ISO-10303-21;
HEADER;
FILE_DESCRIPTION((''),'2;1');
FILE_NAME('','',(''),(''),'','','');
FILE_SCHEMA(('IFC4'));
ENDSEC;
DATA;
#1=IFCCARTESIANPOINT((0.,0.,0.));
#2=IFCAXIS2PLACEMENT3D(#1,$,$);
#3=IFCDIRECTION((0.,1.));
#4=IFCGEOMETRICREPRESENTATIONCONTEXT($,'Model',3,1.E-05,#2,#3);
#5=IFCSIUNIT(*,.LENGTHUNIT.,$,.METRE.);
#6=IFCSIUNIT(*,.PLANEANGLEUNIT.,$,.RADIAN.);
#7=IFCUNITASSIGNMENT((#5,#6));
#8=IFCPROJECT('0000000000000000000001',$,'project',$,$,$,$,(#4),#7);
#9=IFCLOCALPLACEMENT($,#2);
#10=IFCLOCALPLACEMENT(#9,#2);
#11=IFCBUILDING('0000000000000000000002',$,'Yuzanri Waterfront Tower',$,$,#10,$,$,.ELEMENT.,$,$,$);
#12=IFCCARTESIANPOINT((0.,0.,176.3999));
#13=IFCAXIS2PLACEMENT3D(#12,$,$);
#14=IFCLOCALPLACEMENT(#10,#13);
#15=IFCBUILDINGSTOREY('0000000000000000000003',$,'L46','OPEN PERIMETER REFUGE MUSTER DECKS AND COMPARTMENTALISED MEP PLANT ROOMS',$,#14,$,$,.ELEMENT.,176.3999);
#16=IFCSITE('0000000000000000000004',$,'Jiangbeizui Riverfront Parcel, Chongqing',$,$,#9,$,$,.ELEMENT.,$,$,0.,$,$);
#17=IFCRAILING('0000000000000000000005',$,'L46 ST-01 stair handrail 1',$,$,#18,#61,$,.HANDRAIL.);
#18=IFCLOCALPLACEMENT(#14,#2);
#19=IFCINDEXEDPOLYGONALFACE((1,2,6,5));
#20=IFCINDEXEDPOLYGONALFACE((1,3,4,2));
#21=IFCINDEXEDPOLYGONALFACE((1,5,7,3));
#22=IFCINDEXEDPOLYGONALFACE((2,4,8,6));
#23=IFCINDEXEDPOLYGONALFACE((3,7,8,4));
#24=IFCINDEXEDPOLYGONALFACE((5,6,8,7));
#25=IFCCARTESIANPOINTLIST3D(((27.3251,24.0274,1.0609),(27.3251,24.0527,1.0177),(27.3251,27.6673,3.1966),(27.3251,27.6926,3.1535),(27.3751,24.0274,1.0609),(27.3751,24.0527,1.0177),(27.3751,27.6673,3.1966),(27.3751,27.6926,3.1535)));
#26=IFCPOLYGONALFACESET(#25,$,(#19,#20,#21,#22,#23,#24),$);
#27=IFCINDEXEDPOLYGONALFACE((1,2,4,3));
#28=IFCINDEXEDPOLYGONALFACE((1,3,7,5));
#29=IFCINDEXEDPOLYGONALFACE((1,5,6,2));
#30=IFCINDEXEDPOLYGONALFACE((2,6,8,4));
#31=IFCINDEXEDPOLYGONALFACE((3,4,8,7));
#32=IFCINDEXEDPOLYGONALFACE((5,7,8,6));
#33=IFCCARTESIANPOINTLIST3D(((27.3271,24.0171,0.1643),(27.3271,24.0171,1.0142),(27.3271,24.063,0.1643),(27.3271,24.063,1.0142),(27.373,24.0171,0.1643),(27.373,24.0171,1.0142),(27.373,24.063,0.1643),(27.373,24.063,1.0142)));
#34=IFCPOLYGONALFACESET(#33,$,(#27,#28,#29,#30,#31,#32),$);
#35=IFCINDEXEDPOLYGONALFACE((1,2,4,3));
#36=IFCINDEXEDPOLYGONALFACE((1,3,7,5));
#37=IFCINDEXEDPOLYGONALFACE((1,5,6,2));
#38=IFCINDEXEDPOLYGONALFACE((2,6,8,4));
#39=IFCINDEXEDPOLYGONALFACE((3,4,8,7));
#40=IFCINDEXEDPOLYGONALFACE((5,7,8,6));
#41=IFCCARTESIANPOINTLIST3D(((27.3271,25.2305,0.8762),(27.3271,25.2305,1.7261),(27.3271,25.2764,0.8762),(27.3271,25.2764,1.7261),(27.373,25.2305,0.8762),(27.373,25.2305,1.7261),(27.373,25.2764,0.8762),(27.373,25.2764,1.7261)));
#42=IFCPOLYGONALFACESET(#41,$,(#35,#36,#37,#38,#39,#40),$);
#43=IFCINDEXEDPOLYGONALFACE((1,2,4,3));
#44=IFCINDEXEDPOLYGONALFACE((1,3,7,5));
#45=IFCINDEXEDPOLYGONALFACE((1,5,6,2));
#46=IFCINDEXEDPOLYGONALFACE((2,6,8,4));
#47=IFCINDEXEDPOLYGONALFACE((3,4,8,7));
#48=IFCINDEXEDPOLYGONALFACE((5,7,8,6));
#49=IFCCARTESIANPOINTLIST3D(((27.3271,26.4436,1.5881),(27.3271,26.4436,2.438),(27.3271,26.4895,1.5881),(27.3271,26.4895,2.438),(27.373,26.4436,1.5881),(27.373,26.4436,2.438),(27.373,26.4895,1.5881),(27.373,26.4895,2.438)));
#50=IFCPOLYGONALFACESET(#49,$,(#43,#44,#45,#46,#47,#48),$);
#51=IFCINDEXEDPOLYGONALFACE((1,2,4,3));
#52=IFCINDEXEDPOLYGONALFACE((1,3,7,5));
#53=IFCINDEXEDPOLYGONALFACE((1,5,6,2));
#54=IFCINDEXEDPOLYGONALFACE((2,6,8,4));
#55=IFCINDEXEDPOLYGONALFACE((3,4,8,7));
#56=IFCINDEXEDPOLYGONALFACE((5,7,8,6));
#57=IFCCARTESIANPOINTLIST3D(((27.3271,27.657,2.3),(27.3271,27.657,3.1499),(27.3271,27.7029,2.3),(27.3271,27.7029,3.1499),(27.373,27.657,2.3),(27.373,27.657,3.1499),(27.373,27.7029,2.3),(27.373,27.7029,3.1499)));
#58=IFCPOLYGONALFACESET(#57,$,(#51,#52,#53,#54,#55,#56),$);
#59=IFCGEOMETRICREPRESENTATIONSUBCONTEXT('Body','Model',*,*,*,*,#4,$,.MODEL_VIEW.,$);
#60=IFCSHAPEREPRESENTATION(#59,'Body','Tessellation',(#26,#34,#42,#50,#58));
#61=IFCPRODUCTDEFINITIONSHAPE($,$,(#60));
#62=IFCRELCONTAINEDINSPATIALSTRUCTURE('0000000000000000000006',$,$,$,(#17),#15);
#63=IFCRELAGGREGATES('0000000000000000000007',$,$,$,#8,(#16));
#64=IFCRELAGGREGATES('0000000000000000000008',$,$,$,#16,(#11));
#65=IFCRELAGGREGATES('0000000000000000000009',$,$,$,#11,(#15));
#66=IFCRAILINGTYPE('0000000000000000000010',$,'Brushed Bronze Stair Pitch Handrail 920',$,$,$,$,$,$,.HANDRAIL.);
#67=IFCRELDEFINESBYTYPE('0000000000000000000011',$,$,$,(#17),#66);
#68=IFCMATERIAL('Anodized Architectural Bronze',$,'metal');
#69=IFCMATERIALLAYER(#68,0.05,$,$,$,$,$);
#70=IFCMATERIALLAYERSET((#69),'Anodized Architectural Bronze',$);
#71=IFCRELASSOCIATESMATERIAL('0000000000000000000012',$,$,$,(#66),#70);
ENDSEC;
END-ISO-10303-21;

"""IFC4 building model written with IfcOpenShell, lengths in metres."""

from ifc_helpers import new_model, si_unit, direction, frame, origin, origin_2d, place, context, subcontext, project, spatial, rectangle, extrude, source, transform, mapped, material, layer, layer_set, type_object, element, save


model = new_model("IFC4")

# Units and contexts
model_context = context("Model", 3, precision=1e-05, world=origin(), true_north=direction((0.0, 1.0)))
body_context = subcontext(model_context, "Body", "Model", "MODEL_VIEW")
ifc_project = project(units=[si_unit("LENGTHUNIT", "METRE"), si_unit("PLANEANGLEUNIT", "RADIAN")], contexts=[model_context])

# Site, building, storey
site_placement = place(None, origin())
site = spatial("IfcSite", under=ifc_project, at=site_placement, Name="Jiangbeizui Riverfront Parcel, Chongqing", CompositionType="ELEMENT", RefElevation=0.0)
building_placement = place(site_placement, origin())
building = spatial("IfcBuilding", under=site, at=building_placement, Name="Yuzanri Waterfront Tower", CompositionType="ELEMENT")
storey_placement = place(building_placement, frame((0.0, 0.0, 176.3999)))
storey = spatial("IfcBuildingStorey", under=building, at=storey_placement, Name="L46", Description="OPEN PERIMETER REFUGE MUSTER DECKS AND COMPARTMENTALISED MEP PLANT ROOMS", CompositionType="ELEMENT", Elevation=176.3999)

# Railing
ifc_material_1 = material(Name="Anodized Architectural Bronze", Category="metal")
ifc_layer_1 = layer(ifc_material_1, 0.05)
ifc_layer_set_1 = layer_set([ifc_layer_1], Name="Anodized Architectural Bronze")
railing_type_1 = type_object("IfcRailingType", Name="Brushed Bronze Stair Pitch Handrail 920", PredefinedType="HANDRAIL", material=ifc_layer_set_1)
shared_shape_1 = source(origin(), body_context, "Body", "SweptSolid", [
    extrude(rectangle(XDim=0.05, YDim=0.05, at=origin_2d()), frame((0.0, 0.0, 0.875), z_axis=(0.0, 0.86249, 0.506074), x_axis=(-1.0, 0.0, 0.0)), (0.0, 0.0, 1.0), 4.2202),
    extrude(rectangle(XDim=0.0459, YDim=0.0459, at=origin_2d()), origin(), (0.0, 0.0, 1.0), 0.8499),
    extrude(rectangle(XDim=0.0459, YDim=0.0459, at=origin_2d()), frame((0.0, 1.2134, 0.7119)), (0.0, 0.0, 1.0), 0.8499),
    extrude(rectangle(XDim=0.0459, YDim=0.0459, at=origin_2d()), frame((0.0, 2.4265, 1.4238)), (0.0, 0.0, 1.0), 0.8499),
    extrude(rectangle(XDim=0.0459, YDim=0.0459, at=origin_2d()), frame((0.0, 3.6399, 2.1357)), (0.0, 0.0, 1.0), 0.8499),
])
railing_1_placement = place(storey_placement, frame((27.3501, 24.04, 0.1643)))
element("IfcRailing", 1, at=railing_1_placement, inside=storey, type_object=railing_type_1, Name="L46 ST-01 stair handrail 1", PredefinedType="HANDRAIL", context=body_context, shape_type="MappedRepresentation", body=[
    mapped(shared_shape_1, transform((0.0, 0.0, 0.0), scale=1.0)),
])

save(model, "model.ifc")
